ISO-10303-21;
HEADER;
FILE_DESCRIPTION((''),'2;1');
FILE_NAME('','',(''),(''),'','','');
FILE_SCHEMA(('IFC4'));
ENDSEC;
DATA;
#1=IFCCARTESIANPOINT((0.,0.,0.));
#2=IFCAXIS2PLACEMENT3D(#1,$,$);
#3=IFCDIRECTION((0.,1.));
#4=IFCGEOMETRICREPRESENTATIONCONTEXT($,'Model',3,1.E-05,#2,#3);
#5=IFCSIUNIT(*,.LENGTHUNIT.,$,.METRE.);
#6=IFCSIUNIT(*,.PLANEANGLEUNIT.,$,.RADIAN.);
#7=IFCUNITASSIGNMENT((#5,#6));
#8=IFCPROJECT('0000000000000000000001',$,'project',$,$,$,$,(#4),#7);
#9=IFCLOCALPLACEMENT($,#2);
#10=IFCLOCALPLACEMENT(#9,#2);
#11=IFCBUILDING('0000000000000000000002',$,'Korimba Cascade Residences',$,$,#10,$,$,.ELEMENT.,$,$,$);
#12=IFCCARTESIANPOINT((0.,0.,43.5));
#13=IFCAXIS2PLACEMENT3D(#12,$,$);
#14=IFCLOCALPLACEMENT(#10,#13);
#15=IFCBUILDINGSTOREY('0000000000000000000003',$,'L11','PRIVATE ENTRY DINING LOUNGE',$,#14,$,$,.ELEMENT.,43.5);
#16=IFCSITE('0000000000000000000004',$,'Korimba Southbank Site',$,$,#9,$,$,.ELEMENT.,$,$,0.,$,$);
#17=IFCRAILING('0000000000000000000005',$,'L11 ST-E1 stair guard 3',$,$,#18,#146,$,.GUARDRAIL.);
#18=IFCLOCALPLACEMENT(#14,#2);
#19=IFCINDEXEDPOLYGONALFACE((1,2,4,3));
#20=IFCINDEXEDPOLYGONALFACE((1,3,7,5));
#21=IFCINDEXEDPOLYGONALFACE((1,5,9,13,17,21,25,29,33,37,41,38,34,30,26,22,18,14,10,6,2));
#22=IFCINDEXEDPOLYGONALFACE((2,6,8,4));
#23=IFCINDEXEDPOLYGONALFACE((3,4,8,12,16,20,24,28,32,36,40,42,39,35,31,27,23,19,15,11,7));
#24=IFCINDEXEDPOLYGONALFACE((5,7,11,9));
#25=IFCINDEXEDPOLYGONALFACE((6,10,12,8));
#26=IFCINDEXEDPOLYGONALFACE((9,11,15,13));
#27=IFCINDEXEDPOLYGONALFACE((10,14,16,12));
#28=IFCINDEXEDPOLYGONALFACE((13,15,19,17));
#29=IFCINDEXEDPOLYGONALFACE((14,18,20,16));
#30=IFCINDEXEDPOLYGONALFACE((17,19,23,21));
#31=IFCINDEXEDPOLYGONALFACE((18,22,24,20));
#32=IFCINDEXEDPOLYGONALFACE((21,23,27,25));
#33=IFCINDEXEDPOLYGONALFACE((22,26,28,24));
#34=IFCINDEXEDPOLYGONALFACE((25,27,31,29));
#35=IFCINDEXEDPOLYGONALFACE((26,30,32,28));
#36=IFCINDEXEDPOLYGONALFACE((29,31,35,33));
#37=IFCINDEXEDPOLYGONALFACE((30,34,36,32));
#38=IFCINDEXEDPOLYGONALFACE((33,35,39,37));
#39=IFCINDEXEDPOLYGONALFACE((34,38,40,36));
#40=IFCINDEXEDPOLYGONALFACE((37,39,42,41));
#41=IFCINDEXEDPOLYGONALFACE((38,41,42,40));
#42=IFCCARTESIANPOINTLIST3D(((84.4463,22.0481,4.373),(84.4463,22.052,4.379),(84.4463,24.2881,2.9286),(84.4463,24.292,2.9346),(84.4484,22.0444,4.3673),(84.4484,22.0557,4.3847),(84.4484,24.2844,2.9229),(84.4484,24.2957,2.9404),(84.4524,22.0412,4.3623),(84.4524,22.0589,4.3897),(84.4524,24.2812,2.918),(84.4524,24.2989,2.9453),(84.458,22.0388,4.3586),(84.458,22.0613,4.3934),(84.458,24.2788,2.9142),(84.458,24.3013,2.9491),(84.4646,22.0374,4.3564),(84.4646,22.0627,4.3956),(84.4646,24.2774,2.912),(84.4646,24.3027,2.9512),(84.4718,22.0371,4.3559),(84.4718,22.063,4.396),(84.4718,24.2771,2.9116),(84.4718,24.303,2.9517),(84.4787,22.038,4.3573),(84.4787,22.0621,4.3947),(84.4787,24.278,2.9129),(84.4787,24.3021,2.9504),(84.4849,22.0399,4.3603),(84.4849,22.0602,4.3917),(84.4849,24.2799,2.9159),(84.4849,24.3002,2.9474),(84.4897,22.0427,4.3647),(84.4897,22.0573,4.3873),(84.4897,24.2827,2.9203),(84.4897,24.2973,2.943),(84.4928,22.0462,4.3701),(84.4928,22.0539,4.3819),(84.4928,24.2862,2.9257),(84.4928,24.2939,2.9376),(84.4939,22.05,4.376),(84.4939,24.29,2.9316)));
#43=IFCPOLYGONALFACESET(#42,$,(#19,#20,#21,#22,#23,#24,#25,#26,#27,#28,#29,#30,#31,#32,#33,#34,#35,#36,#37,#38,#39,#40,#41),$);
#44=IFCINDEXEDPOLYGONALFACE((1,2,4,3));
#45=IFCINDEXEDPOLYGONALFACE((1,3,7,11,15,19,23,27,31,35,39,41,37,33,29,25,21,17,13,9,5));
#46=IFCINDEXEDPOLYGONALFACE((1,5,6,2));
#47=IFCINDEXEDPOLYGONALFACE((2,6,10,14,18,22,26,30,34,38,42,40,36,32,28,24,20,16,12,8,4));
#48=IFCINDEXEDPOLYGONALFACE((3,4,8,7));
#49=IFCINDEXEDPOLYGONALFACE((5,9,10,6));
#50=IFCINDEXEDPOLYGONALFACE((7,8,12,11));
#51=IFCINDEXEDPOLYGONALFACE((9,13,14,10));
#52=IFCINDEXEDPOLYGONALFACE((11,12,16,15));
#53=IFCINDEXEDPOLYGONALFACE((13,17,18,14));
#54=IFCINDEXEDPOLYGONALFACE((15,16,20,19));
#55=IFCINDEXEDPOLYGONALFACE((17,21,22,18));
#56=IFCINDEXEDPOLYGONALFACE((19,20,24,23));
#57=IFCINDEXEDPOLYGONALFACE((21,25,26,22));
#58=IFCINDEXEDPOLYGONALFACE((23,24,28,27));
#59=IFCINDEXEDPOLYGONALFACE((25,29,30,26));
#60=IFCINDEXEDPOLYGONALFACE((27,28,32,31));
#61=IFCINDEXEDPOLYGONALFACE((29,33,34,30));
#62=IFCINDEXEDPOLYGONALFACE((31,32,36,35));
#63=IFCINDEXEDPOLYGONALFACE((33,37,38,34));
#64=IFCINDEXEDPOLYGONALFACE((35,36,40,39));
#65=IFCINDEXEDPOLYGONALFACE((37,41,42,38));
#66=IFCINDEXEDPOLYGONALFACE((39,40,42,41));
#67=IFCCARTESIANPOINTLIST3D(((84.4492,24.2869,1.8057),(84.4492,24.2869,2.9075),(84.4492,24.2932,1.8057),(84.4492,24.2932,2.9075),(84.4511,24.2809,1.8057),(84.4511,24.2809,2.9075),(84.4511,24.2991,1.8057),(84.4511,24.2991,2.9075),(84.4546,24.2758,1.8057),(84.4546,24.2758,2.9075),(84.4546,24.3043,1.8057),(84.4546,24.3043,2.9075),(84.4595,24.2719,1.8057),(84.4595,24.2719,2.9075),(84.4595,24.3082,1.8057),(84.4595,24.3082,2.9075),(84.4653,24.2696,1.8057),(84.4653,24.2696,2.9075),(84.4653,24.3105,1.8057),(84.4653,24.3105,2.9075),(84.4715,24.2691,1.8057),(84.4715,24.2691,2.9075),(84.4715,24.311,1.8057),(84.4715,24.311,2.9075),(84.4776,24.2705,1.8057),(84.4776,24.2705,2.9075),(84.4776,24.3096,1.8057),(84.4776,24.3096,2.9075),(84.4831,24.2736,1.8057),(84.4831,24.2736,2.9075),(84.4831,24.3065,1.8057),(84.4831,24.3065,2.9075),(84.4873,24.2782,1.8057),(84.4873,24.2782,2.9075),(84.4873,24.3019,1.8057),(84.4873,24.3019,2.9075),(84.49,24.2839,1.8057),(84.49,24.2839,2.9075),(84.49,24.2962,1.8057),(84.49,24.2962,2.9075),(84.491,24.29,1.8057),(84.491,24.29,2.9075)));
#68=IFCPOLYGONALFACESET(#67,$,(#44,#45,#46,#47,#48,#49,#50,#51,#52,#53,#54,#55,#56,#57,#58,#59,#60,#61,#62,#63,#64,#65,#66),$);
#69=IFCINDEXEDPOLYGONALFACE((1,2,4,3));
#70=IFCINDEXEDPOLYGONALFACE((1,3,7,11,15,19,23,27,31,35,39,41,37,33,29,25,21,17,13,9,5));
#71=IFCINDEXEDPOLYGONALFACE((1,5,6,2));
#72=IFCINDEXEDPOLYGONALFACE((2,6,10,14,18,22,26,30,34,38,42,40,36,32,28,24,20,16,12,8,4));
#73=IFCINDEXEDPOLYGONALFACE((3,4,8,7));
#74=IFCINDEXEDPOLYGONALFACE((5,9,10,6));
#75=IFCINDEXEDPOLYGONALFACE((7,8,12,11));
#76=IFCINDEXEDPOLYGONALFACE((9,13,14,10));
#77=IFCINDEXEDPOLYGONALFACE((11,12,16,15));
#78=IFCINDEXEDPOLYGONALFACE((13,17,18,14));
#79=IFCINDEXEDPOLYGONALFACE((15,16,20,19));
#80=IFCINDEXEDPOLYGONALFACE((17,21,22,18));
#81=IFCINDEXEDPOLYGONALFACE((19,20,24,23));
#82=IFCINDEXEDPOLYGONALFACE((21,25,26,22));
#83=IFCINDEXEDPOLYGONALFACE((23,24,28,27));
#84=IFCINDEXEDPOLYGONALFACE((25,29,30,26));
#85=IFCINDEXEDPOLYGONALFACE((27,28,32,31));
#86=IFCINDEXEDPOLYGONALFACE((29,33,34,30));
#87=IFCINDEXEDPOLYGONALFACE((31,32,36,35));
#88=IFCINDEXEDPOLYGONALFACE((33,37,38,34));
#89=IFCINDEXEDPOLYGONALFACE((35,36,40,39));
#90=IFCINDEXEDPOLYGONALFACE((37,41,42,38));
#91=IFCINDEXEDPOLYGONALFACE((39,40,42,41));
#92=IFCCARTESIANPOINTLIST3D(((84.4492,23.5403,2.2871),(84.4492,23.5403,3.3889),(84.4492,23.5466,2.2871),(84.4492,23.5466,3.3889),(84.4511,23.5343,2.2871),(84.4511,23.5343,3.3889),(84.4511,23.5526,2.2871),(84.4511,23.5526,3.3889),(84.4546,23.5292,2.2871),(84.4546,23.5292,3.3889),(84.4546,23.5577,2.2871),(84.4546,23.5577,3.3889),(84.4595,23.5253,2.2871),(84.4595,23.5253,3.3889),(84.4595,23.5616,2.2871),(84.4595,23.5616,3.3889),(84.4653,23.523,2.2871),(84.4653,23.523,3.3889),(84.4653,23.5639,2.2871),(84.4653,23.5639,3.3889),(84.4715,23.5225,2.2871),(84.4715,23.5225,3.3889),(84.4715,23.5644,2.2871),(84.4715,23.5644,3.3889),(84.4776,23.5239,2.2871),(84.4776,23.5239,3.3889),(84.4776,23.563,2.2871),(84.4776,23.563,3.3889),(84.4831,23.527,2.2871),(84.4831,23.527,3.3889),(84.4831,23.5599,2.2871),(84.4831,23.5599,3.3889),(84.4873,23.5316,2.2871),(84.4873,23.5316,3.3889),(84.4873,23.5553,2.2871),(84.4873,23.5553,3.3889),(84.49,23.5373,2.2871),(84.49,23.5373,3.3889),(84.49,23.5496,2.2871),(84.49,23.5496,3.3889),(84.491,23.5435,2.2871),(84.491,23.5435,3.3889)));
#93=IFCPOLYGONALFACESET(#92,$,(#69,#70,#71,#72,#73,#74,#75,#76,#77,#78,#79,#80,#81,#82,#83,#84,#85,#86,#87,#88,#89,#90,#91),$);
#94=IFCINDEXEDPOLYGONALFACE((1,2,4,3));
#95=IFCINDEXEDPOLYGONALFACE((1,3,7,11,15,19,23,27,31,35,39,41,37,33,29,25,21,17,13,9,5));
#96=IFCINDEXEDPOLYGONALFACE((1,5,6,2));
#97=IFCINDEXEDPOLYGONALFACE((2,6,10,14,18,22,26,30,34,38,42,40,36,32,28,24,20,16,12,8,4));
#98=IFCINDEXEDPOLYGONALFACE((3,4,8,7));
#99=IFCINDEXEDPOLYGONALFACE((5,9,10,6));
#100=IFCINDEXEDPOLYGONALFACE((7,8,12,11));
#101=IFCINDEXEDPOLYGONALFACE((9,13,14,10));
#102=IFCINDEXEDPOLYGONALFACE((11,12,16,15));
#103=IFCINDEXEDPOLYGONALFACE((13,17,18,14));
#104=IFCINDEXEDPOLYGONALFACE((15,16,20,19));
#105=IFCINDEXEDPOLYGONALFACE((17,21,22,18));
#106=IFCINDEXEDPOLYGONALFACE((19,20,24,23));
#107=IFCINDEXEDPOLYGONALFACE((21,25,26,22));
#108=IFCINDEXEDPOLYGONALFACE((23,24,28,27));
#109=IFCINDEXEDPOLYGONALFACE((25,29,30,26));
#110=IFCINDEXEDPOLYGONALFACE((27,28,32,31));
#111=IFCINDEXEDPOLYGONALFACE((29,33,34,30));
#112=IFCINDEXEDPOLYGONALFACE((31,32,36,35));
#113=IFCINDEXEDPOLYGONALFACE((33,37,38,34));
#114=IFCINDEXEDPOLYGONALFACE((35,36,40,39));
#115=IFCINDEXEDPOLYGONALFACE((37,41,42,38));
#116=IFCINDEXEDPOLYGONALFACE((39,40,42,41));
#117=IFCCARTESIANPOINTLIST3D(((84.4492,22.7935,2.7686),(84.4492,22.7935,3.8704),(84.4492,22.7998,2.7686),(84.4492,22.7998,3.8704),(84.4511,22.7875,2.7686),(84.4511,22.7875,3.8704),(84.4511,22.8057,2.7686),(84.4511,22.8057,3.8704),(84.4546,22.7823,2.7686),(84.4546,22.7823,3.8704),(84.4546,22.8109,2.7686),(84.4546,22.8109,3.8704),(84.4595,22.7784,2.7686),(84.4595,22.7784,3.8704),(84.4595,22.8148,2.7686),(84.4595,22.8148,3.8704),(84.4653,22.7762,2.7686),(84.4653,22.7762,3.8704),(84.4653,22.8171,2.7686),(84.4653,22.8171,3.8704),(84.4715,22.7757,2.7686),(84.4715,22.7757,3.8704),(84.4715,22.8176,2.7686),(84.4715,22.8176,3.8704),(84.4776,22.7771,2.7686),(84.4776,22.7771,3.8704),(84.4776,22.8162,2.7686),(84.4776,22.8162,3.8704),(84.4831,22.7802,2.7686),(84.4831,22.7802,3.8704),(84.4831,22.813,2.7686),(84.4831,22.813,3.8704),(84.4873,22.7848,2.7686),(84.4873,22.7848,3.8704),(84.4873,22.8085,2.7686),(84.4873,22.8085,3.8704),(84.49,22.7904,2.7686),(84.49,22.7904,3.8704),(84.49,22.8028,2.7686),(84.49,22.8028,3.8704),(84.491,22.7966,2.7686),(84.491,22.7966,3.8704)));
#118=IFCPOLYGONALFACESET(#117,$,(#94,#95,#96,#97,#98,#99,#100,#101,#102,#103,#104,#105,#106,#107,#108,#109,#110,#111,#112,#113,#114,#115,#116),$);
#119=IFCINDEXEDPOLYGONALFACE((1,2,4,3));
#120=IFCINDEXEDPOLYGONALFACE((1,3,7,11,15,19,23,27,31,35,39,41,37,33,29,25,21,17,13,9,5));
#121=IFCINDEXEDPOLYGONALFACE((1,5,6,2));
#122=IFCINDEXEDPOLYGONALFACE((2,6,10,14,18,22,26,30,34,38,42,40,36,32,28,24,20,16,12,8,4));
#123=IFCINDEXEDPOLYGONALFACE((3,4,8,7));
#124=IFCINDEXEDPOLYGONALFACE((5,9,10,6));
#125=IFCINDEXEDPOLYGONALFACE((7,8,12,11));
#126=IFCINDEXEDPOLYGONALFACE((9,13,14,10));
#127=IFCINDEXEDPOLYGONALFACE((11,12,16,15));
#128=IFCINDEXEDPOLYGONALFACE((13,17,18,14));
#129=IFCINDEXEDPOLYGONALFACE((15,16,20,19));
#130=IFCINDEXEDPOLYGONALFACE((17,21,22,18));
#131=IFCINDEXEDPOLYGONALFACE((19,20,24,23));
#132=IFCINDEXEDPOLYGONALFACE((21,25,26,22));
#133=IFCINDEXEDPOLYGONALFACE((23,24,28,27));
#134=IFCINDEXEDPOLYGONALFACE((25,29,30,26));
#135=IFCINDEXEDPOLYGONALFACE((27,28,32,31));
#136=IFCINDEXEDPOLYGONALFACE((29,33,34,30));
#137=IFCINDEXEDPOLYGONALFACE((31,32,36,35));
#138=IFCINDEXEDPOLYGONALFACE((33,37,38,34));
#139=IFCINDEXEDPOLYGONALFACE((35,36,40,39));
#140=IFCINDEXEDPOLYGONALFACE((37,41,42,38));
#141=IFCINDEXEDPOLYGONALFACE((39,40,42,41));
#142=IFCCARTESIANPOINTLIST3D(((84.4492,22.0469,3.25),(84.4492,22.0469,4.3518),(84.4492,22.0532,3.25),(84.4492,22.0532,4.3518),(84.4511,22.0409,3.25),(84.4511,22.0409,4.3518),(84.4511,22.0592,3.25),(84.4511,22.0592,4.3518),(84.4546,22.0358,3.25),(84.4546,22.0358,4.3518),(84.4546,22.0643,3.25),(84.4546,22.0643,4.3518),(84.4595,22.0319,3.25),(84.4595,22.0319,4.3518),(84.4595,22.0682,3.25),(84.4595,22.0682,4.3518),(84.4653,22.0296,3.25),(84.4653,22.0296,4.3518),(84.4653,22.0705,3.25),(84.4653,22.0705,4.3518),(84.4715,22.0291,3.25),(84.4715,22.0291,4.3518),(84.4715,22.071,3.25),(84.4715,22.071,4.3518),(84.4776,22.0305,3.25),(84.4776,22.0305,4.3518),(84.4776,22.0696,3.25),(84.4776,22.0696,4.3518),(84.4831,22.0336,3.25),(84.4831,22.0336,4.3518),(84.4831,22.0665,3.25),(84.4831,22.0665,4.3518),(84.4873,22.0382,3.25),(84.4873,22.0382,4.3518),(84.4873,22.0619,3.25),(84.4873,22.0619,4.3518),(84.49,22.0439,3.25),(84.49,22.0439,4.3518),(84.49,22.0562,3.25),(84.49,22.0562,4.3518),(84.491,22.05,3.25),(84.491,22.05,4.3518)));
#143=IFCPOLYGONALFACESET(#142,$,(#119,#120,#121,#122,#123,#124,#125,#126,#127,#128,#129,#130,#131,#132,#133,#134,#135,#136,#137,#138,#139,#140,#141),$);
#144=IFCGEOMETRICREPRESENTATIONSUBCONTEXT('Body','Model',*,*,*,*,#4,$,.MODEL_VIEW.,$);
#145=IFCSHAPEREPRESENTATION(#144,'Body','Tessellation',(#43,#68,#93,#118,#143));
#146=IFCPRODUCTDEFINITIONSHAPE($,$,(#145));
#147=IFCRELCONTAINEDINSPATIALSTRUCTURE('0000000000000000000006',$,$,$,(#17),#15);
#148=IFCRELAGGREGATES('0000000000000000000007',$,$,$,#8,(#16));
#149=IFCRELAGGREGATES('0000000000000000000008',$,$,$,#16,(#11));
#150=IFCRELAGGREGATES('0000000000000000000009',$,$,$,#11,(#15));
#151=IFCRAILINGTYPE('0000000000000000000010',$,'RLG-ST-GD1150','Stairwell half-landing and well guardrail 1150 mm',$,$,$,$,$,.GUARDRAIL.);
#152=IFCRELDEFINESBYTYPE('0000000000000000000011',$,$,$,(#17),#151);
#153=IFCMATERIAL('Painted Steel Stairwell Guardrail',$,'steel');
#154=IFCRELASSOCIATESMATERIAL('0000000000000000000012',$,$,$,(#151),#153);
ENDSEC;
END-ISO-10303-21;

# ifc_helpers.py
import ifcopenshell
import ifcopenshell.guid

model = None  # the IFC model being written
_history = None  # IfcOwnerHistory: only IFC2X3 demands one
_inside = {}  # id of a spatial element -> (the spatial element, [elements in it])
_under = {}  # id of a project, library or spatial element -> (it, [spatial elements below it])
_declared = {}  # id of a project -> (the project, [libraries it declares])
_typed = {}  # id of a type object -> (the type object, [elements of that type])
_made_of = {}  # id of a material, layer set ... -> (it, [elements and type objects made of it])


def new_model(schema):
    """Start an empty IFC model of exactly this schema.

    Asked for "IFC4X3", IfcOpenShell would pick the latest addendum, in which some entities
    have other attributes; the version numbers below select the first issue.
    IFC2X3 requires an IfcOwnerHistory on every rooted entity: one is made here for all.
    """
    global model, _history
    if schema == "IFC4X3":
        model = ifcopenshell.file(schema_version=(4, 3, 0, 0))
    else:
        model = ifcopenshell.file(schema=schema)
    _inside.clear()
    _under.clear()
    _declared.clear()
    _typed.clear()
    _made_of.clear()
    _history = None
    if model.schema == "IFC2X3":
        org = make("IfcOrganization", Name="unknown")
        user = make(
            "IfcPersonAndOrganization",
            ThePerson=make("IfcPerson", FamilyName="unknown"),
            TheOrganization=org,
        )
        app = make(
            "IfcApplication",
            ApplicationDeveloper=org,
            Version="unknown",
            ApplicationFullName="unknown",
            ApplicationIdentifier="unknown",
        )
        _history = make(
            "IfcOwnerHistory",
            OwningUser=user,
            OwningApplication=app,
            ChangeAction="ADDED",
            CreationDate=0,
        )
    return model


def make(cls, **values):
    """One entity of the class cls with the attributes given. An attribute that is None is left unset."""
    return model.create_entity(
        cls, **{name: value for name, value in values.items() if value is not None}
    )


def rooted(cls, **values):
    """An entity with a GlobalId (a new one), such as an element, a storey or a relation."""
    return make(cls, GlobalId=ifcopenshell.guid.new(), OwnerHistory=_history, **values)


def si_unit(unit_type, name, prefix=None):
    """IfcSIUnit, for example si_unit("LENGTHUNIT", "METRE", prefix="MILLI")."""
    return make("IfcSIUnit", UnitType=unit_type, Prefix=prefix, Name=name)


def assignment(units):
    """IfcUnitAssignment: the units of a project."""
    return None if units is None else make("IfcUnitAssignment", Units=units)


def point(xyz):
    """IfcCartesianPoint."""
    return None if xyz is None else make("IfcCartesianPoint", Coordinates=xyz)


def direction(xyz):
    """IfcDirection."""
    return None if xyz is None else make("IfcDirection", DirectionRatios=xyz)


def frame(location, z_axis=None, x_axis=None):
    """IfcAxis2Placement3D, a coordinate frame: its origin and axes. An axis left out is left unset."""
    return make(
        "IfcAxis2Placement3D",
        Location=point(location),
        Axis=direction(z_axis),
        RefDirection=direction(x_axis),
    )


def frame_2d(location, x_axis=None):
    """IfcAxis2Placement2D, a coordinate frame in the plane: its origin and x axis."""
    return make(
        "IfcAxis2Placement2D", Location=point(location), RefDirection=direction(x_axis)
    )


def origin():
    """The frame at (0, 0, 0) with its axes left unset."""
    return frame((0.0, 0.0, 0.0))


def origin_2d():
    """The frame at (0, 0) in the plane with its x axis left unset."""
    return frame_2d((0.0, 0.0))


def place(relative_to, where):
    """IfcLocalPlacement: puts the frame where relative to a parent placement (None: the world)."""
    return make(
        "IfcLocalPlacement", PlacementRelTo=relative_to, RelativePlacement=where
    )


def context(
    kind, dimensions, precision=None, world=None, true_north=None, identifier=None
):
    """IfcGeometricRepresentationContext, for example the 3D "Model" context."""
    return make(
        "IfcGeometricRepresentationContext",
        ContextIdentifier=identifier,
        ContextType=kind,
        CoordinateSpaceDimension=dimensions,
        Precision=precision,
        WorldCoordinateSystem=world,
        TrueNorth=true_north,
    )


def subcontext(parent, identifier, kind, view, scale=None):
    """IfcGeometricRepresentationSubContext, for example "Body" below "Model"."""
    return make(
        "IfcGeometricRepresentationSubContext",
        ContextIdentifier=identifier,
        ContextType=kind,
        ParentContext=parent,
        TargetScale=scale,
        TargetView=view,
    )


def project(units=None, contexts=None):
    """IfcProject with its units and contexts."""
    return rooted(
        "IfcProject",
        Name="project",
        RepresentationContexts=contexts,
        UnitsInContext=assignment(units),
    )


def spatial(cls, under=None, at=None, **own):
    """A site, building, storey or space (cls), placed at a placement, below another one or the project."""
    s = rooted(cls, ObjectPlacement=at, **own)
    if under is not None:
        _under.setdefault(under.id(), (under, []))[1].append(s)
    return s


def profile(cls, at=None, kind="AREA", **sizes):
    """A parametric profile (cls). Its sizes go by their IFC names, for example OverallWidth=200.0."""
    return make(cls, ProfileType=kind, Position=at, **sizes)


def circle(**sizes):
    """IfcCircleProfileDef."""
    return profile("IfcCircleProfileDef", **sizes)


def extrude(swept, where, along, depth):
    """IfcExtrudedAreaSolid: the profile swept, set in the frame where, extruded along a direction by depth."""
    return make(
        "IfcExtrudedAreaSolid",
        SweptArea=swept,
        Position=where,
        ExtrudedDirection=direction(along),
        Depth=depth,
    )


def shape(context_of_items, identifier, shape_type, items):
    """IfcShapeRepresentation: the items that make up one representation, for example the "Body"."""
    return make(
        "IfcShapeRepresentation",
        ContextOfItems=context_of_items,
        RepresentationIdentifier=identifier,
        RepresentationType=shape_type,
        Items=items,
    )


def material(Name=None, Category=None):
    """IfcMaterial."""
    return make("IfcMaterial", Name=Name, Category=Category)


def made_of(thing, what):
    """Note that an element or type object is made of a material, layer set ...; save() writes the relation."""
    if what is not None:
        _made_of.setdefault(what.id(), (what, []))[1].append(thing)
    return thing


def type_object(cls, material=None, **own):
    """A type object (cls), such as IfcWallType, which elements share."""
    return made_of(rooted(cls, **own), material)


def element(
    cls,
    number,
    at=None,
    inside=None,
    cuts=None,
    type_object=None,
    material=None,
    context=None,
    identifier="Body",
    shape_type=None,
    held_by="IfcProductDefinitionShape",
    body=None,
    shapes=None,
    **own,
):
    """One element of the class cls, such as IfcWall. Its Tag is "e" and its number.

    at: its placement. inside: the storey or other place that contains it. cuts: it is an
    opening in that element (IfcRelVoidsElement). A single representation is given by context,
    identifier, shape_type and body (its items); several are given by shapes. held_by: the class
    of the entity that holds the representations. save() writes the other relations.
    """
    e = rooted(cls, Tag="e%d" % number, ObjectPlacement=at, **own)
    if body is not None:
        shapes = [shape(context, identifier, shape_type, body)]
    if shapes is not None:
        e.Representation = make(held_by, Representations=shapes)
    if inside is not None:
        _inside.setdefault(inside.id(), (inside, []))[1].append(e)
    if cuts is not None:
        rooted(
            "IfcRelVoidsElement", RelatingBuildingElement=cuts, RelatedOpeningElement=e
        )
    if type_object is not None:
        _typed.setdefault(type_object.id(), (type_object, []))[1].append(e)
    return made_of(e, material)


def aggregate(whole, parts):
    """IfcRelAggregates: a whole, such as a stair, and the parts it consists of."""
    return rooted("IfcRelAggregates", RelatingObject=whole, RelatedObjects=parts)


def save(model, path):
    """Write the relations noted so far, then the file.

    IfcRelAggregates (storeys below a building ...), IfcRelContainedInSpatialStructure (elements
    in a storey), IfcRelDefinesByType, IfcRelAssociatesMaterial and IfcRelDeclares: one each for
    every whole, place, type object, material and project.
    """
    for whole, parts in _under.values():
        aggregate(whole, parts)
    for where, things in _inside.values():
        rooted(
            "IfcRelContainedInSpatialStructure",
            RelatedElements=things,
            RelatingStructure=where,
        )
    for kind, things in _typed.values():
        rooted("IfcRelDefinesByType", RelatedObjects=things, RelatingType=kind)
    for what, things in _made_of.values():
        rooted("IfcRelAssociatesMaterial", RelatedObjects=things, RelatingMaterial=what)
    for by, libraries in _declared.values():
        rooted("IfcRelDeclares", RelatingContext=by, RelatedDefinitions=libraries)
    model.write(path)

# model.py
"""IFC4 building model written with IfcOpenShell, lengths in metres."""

from ifc_helpers import new_model, si_unit, direction, frame, origin, origin_2d, place, context, subcontext, project, spatial, circle, extrude, material, type_object, element, save


model = new_model("IFC4")

# Units and contexts
model_context = context("Model", 3, precision=1e-05, world=origin(), true_north=direction((0.0, 1.0)))
body_context = subcontext(model_context, "Body", "Model", "MODEL_VIEW")
ifc_project = project(units=[si_unit("LENGTHUNIT", "METRE"), si_unit("PLANEANGLEUNIT", "RADIAN")], contexts=[model_context])

# Site, building, storey
site_placement = place(None, origin())
site = spatial("IfcSite", under=ifc_project, at=site_placement, Name="Korimba Southbank Site", CompositionType="ELEMENT", RefElevation=0.0)
building_placement = place(site_placement, origin())
building = spatial("IfcBuilding", under=site, at=building_placement, Name="Korimba Cascade Residences", CompositionType="ELEMENT")
storey_placement = place(building_placement, frame((0.0, 0.0, 43.5)))
storey = spatial("IfcBuildingStorey", under=building, at=storey_placement, Name="L11", Description="PRIVATE ENTRY DINING LOUNGE", CompositionType="ELEMENT", Elevation=43.5)

# Railing
ifc_material_1 = material(Name="Painted Steel Stairwell Guardrail", Category="steel")
railing_type_1 = type_object("IfcRailingType", Name="RLG-ST-GD1150", Description="Stairwell half-landing and well guardrail 1150 mm", PredefinedType="GUARDRAIL", material=ifc_material_1)
railing_1_placement = place(storey_placement, frame((84.47, 24.29, 1.8057)))
element("IfcRailing", 1, at=railing_1_placement, inside=storey, type_object=railing_type_1, Name="L11 ST-E1 stair guard 3", PredefinedType="GUARDRAIL", context=body_context, shape_type="SweptSolid", body=[
    extrude(circle(Radius=0.0239, at=origin_2d()), frame((0.0, 0.0, 1.126), z_axis=(0.0, -0.840437, 0.54191), x_axis=(1.0, 0.0, 0.0)), (0.0, 0.0, 1.0), 2.6653),
    extrude(circle(Radius=0.021, at=origin_2d()), origin(), (0.0, 0.0, 1.0), 1.1018),
    extrude(circle(Radius=0.021, at=origin_2d()), frame((0.0, -0.7466, 0.4814)), (0.0, 0.0, 1.0), 1.1018),
    extrude(circle(Radius=0.021, at=origin_2d()), frame((0.0, -1.4934, 0.9629)), (0.0, 0.0, 1.0), 1.1018),
    extrude(circle(Radius=0.021, at=origin_2d()), frame((0.0, -2.24, 1.4443)), (0.0, 0.0, 1.0), 1.1018),
])

save(model, "model.ifc")
